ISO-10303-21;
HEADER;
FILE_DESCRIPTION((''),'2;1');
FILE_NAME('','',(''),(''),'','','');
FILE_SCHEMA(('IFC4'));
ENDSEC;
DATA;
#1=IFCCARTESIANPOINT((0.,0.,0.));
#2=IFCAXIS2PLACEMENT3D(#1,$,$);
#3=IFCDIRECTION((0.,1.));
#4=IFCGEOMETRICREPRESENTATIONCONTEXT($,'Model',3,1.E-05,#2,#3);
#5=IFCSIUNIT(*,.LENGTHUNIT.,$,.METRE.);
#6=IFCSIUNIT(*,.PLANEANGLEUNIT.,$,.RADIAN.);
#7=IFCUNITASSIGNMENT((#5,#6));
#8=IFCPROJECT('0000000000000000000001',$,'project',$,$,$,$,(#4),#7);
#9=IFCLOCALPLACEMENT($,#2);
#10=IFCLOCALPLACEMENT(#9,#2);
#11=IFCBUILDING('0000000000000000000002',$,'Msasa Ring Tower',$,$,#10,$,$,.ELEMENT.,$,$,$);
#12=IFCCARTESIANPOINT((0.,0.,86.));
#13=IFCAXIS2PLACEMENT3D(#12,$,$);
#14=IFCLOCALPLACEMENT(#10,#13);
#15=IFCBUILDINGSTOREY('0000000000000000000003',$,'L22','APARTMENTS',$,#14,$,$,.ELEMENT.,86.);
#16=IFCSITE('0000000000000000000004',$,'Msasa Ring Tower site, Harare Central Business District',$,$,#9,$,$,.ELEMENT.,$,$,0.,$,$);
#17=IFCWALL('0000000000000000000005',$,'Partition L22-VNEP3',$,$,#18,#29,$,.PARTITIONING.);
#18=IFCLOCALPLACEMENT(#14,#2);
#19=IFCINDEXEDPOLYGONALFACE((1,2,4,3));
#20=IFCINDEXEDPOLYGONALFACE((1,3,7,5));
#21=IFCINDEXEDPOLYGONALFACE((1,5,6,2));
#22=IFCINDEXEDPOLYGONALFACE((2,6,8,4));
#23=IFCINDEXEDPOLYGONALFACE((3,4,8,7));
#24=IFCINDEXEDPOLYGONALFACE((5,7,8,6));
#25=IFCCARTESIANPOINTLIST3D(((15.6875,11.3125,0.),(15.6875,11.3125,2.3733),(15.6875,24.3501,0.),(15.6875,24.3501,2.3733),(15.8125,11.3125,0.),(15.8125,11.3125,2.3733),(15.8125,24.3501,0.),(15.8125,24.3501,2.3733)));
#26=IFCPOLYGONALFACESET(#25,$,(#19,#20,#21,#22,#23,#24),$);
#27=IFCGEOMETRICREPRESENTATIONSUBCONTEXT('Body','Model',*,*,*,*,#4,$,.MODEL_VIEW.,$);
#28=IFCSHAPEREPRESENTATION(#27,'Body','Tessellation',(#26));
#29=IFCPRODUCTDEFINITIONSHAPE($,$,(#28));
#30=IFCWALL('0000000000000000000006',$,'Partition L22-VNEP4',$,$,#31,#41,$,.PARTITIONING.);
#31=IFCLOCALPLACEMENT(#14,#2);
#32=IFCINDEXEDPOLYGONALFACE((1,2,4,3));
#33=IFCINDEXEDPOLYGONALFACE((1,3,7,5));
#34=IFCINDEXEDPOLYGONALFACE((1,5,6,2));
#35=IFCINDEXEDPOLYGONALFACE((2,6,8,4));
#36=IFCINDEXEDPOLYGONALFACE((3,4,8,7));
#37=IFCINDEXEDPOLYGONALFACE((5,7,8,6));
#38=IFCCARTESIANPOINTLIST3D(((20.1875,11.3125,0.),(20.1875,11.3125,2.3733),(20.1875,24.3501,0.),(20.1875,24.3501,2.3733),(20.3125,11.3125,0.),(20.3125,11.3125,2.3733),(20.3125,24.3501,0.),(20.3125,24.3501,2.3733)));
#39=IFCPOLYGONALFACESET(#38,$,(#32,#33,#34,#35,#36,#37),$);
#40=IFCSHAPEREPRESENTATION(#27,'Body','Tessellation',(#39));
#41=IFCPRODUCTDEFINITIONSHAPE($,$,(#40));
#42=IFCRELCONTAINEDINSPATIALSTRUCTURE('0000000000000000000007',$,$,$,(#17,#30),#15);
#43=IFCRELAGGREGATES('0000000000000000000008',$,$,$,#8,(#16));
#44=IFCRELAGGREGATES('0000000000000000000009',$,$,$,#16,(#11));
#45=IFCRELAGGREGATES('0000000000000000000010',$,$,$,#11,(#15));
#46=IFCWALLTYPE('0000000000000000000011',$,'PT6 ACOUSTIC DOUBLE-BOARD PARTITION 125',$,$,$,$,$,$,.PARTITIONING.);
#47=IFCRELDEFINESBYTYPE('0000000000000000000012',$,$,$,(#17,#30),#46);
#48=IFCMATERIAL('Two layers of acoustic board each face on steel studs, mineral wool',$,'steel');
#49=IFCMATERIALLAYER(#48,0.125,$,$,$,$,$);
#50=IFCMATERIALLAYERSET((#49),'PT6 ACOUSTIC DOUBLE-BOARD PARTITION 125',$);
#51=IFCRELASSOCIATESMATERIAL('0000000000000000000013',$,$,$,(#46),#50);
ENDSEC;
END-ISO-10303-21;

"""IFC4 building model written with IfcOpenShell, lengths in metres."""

from ifc_helpers import new_model, si_unit, direction, frame, frame_2d, origin, place, context, subcontext, project, spatial, rectangle, extrude, material, layer, layer_set, type_object, element, save


model = new_model("IFC4")

# Units and contexts
model_context = context("Model", 3, precision=1e-05, world=origin(), true_north=direction((0.0, 1.0)))
body_context = subcontext(model_context, "Body", "Model", "MODEL_VIEW")
ifc_project = project(units=[si_unit("LENGTHUNIT", "METRE"), si_unit("PLANEANGLEUNIT", "RADIAN")], contexts=[model_context])

# Site, building, storey
site_placement = place(None, origin())
site = spatial("IfcSite", under=ifc_project, at=site_placement, Name="Msasa Ring Tower site, Harare Central Business District", CompositionType="ELEMENT", RefElevation=0.0)
building_placement = place(site_placement, origin())
building = spatial("IfcBuilding", under=site, at=building_placement, Name="Msasa Ring Tower", CompositionType="ELEMENT")
storey_placement = place(building_placement, frame((0.0, 0.0, 86.0)))
storey = spatial("IfcBuildingStorey", under=building, at=storey_placement, Name="L22", Description="APARTMENTS", CompositionType="ELEMENT", Elevation=86.0)

# Walls
ifc_material_1 = material(Name="Two layers of acoustic board each face on steel studs, mineral wool", Category="steel")
ifc_layer_1 = layer(ifc_material_1, 0.125)
ifc_layer_set_1 = layer_set([ifc_layer_1], Name="PT6 ACOUSTIC DOUBLE-BOARD PARTITION 125")
wall_type_1 = type_object("IfcWallType", Name="PT6 ACOUSTIC DOUBLE-BOARD PARTITION 125", PredefinedType="PARTITIONING", material=ifc_layer_set_1)
for number, where, z_axis, x_axis, name in (
    (1, (15.75, 11.3125, 0.0), (0.0, 0.0, 1.0), (0.0, 1.0, 0.0), "Partition L22-VNEP3"),
    (2, (20.25, 11.3125, 0.0), (0.0, 0.0, 1.0), (0.0, 1.0, 0.0), "Partition L22-VNEP4"),
):
    element("IfcWall", number, at=place(storey_placement, frame(where, z_axis=z_axis, x_axis=x_axis)), inside=storey, type_object=wall_type_1, Name=name, PredefinedType="PARTITIONING", context=body_context, shape_type="SweptSolid", body=[
        extrude(rectangle(XDim=13.0376, YDim=0.125, at=frame_2d((6.5188, 0.0))), origin(), (0.0, 0.0, 1.0), 2.3733),
    ])

save(model, "model.ifc")
